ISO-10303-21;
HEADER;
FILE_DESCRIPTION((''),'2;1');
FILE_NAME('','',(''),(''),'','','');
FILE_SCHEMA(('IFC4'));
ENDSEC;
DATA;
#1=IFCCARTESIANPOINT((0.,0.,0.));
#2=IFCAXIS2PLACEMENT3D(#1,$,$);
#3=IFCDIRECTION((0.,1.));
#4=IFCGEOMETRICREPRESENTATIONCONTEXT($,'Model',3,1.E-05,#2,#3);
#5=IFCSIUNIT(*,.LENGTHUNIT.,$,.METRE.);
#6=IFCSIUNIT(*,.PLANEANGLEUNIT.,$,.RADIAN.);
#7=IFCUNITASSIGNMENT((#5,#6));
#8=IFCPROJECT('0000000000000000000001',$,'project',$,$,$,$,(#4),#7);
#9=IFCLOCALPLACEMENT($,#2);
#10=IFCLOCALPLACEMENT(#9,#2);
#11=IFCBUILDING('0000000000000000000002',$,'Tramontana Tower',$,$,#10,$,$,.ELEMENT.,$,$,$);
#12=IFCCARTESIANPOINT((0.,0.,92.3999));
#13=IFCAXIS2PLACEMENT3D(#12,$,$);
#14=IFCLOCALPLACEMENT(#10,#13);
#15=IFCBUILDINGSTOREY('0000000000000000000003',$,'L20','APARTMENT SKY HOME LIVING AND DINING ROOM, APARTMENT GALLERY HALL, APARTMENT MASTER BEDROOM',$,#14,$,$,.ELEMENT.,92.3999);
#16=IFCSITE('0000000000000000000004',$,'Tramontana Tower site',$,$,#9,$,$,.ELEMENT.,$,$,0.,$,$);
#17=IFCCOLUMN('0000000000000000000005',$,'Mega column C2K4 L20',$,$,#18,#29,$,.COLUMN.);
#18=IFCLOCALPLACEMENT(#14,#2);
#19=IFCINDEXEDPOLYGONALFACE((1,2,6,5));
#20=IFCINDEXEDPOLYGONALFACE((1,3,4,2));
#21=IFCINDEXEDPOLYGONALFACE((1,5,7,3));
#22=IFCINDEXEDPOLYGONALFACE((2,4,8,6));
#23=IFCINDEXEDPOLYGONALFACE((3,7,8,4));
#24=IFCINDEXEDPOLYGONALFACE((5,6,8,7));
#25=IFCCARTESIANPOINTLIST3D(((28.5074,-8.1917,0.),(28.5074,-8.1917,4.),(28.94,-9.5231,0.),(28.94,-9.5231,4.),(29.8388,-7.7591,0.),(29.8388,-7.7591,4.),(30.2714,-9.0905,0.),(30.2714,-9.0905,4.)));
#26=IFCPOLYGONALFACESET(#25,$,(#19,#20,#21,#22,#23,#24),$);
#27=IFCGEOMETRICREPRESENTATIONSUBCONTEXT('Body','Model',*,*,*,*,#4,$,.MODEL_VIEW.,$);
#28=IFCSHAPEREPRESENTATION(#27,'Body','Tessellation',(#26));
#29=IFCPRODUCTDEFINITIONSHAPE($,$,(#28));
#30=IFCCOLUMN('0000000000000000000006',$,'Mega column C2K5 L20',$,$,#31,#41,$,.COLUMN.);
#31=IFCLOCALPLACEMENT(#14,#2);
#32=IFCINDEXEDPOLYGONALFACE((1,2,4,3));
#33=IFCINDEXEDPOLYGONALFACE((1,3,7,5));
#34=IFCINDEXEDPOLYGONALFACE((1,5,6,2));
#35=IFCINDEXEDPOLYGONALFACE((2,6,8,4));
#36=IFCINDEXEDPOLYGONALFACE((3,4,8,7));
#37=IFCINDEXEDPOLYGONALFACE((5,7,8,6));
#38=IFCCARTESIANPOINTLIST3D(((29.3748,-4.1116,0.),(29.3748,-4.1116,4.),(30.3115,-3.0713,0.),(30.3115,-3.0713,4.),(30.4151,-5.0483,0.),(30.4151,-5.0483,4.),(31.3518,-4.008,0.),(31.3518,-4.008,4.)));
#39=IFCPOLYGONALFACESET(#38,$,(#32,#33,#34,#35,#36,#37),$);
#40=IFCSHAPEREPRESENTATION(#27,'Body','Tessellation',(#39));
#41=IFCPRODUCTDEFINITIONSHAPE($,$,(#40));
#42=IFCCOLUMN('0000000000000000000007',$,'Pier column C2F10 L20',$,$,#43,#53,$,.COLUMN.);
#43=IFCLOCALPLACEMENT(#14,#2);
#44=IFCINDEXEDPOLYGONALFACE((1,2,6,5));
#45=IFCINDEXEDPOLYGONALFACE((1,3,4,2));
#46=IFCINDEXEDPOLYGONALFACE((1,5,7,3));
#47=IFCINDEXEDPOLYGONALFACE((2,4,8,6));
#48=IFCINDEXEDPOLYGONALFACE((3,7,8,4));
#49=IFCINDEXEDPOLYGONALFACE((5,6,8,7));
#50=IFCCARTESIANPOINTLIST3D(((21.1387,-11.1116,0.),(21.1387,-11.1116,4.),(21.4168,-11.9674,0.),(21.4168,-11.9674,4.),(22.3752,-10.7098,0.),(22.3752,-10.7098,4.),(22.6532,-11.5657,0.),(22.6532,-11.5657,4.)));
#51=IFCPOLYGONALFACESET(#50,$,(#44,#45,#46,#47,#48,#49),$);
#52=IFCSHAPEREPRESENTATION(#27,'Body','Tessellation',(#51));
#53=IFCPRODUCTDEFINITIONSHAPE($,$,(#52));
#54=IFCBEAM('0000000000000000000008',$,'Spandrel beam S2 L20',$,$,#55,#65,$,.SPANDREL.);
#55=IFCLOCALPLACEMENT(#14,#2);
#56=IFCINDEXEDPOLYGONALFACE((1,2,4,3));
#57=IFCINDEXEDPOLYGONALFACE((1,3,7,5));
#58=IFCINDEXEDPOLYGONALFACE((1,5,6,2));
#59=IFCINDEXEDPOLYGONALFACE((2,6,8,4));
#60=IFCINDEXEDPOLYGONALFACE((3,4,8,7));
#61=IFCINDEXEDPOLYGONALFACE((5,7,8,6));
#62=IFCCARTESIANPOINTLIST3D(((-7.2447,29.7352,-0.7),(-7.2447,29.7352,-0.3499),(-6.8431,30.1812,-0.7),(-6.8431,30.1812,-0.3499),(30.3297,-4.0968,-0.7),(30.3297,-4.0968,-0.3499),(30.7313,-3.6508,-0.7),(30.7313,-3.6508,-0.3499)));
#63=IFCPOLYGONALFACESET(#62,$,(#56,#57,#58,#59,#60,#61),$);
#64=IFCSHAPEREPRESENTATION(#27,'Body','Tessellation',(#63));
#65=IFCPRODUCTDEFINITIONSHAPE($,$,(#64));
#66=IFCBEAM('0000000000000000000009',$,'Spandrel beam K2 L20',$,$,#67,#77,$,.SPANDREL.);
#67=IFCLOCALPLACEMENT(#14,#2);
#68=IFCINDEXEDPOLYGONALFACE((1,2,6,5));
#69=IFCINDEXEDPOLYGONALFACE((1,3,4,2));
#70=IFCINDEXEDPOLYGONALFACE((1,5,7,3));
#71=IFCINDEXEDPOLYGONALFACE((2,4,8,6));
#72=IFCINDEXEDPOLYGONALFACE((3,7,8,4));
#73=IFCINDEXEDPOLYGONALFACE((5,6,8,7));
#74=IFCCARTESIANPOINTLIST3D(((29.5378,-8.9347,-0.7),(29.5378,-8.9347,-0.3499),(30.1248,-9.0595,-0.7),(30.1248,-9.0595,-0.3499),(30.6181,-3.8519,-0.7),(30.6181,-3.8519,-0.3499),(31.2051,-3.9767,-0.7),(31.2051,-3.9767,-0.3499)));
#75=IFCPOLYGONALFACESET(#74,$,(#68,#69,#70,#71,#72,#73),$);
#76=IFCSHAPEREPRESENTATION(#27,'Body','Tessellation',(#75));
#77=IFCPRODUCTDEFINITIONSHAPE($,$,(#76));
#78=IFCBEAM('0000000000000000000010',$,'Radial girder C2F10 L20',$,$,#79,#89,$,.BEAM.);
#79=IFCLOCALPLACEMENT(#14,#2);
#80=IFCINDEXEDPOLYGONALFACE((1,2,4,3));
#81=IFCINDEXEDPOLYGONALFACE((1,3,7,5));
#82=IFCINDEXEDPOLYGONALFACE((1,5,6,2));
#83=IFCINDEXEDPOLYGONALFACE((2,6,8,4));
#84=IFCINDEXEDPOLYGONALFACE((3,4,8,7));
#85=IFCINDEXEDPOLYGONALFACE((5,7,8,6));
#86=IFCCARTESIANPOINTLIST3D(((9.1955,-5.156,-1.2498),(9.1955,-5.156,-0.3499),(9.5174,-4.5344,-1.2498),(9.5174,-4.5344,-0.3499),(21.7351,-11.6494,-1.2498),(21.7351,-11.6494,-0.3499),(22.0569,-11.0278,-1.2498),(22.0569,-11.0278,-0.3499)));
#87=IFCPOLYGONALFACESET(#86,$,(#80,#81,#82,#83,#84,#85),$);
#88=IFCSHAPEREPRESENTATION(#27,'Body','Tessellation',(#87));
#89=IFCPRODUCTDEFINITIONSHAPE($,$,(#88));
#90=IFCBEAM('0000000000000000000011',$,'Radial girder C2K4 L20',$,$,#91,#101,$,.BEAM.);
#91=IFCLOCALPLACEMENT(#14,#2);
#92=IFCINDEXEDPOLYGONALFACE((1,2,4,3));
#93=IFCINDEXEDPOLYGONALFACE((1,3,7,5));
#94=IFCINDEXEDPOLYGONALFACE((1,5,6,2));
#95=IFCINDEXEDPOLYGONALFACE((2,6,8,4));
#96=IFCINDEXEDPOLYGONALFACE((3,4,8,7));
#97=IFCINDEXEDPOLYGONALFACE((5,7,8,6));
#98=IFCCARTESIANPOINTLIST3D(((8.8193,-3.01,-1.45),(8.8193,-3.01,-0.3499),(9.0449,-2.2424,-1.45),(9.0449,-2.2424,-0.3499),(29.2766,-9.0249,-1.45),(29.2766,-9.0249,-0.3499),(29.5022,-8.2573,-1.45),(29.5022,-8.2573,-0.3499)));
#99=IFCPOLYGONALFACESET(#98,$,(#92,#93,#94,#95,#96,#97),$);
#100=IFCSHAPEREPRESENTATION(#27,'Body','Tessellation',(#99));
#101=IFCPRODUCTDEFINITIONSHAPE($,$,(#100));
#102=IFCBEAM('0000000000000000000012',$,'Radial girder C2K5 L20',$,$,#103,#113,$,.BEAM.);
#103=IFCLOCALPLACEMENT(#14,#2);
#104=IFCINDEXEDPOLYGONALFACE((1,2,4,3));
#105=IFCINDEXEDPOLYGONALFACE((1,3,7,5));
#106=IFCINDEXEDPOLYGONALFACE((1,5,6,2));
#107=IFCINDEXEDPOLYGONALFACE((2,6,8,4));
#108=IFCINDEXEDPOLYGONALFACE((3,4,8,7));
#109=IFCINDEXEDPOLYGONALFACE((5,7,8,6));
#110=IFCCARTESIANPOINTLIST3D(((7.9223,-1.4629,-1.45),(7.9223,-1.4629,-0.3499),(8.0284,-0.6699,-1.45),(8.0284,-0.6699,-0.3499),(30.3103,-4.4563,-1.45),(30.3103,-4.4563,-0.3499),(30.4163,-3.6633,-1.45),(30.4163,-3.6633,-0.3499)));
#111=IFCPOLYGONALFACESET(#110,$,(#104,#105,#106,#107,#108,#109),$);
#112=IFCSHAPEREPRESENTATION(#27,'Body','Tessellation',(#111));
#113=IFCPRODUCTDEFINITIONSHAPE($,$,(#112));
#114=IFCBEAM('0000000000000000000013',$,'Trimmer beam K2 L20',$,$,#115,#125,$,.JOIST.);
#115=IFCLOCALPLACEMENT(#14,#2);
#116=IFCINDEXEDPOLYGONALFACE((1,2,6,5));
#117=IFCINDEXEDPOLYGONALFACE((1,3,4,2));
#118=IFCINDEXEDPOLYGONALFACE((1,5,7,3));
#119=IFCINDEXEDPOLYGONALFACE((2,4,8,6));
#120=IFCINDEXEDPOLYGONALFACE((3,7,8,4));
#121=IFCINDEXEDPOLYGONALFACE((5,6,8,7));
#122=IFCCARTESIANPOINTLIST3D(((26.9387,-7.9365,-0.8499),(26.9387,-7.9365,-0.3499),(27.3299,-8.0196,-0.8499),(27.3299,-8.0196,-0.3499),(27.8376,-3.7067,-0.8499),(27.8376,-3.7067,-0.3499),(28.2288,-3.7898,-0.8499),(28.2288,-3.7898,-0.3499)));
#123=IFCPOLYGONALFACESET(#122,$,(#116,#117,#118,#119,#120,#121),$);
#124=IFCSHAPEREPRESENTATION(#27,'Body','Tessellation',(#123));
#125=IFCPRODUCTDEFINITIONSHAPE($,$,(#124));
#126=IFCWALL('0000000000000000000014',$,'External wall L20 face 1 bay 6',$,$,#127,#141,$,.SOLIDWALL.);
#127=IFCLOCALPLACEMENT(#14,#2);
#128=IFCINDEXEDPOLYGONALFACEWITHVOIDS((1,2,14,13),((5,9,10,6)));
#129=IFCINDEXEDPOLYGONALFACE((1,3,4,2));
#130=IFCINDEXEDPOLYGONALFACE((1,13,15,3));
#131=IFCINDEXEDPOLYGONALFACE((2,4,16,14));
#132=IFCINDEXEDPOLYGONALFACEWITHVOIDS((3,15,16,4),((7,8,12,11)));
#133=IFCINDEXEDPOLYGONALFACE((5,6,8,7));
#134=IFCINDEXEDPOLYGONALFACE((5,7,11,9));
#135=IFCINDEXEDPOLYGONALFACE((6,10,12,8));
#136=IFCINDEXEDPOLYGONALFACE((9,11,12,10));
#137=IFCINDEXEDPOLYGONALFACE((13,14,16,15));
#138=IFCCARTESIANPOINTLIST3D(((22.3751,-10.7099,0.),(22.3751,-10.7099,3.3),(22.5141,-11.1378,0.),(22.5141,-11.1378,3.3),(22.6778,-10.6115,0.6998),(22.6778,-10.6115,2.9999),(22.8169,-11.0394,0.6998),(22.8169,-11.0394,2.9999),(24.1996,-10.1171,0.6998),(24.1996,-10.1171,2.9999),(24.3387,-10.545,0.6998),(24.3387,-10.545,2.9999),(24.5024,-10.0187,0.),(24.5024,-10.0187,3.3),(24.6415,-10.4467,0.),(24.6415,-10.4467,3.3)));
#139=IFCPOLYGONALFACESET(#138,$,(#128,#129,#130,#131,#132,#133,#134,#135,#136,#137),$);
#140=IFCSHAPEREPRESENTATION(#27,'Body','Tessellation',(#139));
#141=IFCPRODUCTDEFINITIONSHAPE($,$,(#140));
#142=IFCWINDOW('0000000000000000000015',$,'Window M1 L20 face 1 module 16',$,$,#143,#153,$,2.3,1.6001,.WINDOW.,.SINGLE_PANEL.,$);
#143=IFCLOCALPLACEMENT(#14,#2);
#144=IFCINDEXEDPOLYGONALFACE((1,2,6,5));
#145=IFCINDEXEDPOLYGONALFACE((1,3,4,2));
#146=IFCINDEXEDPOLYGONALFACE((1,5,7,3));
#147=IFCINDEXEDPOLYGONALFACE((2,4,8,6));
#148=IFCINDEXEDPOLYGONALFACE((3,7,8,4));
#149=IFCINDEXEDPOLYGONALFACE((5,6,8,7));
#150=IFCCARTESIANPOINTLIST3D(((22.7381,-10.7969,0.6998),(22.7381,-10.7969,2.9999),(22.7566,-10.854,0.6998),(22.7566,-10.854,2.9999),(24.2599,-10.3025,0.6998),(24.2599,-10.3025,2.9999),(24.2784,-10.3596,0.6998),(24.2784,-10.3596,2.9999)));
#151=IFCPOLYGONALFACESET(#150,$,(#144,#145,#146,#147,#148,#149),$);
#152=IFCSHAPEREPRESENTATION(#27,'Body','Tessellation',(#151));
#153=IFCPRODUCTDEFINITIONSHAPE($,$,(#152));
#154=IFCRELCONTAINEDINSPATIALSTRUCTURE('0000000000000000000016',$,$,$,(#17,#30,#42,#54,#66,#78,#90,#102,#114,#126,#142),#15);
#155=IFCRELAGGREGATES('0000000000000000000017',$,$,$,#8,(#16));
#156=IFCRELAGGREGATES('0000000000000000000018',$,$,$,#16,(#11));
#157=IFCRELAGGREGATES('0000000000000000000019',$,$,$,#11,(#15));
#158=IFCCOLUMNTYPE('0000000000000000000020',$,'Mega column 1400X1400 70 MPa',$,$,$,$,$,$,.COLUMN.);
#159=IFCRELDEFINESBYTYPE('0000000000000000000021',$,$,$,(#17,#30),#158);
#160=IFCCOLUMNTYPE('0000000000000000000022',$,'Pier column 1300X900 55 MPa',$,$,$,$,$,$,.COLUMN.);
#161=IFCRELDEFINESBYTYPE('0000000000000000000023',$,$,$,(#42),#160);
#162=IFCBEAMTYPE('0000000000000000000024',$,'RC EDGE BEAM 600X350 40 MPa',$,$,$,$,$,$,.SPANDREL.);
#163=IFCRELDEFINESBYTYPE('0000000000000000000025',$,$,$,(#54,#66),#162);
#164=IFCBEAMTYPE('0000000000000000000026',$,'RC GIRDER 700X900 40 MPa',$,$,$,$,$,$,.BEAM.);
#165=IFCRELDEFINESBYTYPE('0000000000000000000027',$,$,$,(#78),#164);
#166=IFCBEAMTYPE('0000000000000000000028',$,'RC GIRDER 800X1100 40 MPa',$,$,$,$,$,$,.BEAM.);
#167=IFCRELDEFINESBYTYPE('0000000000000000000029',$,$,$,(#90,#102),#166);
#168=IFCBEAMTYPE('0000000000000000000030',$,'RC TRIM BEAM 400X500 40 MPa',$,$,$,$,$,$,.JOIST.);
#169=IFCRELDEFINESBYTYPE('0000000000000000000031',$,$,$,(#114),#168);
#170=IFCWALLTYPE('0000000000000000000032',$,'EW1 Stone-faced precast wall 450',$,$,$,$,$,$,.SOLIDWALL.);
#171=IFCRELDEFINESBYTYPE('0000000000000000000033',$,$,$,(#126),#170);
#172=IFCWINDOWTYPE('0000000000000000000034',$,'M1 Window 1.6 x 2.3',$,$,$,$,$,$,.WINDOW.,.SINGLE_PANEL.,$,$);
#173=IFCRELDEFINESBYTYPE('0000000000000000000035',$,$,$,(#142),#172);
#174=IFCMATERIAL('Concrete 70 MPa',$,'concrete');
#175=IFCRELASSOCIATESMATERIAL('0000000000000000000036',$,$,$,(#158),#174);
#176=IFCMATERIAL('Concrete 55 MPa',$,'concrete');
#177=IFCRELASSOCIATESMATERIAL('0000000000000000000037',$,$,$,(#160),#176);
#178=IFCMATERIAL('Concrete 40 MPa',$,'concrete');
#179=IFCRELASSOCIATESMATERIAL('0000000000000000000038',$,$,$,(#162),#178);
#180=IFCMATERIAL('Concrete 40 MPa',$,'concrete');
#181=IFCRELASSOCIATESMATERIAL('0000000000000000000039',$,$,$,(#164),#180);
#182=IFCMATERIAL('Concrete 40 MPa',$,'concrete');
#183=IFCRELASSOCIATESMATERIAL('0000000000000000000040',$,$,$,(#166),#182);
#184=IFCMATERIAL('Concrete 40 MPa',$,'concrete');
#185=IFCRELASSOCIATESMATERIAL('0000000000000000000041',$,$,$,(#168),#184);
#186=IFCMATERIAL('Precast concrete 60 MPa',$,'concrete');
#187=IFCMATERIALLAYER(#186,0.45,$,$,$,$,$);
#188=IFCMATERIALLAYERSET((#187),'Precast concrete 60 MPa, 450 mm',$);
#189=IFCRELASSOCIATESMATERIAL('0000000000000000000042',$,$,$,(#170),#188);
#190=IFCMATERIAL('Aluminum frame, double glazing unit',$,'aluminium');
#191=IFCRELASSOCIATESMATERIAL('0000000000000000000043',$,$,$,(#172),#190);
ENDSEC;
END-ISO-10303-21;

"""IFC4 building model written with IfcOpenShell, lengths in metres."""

from ifc_helpers import new_model, si_unit, direction, frame, frame_2d, origin, origin_2d, place, context, subcontext, project, spatial, rectangle, extrude, material, layer, layer_set, material_profile, profile_set, type_object, element, fill, save


model = new_model("IFC4")

# Units and contexts
model_context = context("Model", 3, precision=1e-05, world=origin(), true_north=direction((0.0, 1.0)))
body_context = subcontext(model_context, "Body", "Model", "MODEL_VIEW")
ifc_project = project(units=[si_unit("LENGTHUNIT", "METRE"), si_unit("PLANEANGLEUNIT", "RADIAN")], contexts=[model_context])

# Site, building, storey
site_placement = place(None, origin())
site = spatial("IfcSite", under=ifc_project, at=site_placement, Name="Tramontana Tower site", CompositionType="ELEMENT", RefElevation=0.0)
building_placement = place(site_placement, origin())
building = spatial("IfcBuilding", under=site, at=building_placement, Name="Tramontana Tower", CompositionType="ELEMENT")
storey_placement = place(building_placement, frame((0.0, 0.0, 92.3999)))
storey = spatial("IfcBuildingStorey", under=building, at=storey_placement, Name="L20", Description="APARTMENT SKY HOME LIVING AND DINING ROOM, APARTMENT GALLERY HALL, APARTMENT MASTER BEDROOM", CompositionType="ELEMENT", Elevation=92.3999)

# Columns
ifc_material_1 = material(Name="Concrete 70 MPa", Category="concrete")
ifc_material_profile_1 = material_profile(ifc_material_1, rectangle(XDim=1.3999, YDim=1.3999, at=origin_2d()), Name="Mega column 1400X1400 70 MPa")
ifc_profile_set_1 = profile_set([ifc_material_profile_1], Name="Concrete 70 MPa")
column_type_1 = type_object("IfcColumnType", Name="Mega column 1400X1400 70 MPa", PredefinedType="COLUMN", material=ifc_profile_set_1)
for number, where, z_axis, x_axis, name in (
    (1, (29.3894, -8.6411, 0.0), (0.0, 0.0, 1.0), (0.951057, 0.309017, 0.0), "Mega column C2K4 L20"),
    (2, (30.3633, -4.0598, 0.0), (0.0, 0.0, 1.0), (-0.743145, 0.669131, 0.0), "Mega column C2K5 L20"),
):
    element("IfcColumn", number, at=place(storey_placement, frame(where, z_axis=z_axis, x_axis=x_axis)), inside=storey, type_object=column_type_1, Name=name, PredefinedType="COLUMN", context=body_context, shape_type="SweptSolid", body=[
        extrude(rectangle(XDim=1.3999, YDim=1.3999, at=origin_2d()), origin(), (0.0, 0.0, 1.0), 4.0),
    ])
ifc_material_2 = material(Name="Concrete 55 MPa", Category="concrete")
ifc_material_profile_2 = material_profile(ifc_material_2, rectangle(XDim=1.3, YDim=0.8999, at=origin_2d()), Name="Pier column 1300X900 55 MPa")
ifc_profile_set_2 = profile_set([ifc_material_profile_2], Name="Concrete 55 MPa")
column_type_2 = type_object("IfcColumnType", Name="Pier column 1300X900 55 MPa", PredefinedType="COLUMN", material=ifc_profile_set_2)
column_placement = place(storey_placement, frame((21.896, -11.3386, 0.0), z_axis=(0.0, 0.0, 1.0), x_axis=(0.951057, 0.309017, 0.0)))
element("IfcColumn", 3, at=column_placement, inside=storey, type_object=column_type_2, Name="Pier column C2F10 L20", PredefinedType="COLUMN", context=body_context, shape_type="SweptSolid", body=[
    extrude(rectangle(XDim=1.3, YDim=0.8999, at=origin_2d()), origin(), (0.0, 0.0, 1.0), 4.0),
])

# Beams
ifc_material_3 = material(Name="Concrete 40 MPa", Category="concrete")
ifc_material_profile_3 = material_profile(ifc_material_3, rectangle(XDim=0.6001, YDim=0.3501, at=origin_2d()), Name="RC EDGE BEAM 600X350 40 MPa")
ifc_profile_set_3 = profile_set([ifc_material_profile_3], Name="Concrete 40 MPa")
beam_type_1 = type_object("IfcBeamType", Name="RC EDGE BEAM 600X350 40 MPa", PredefinedType="SPANDREL", material=ifc_profile_set_3)
beam_1_placement = place(storey_placement, frame((30.5305, -3.8738, -0.5249), z_axis=(-0.743146, 0.669129, 0.0), x_axis=(-0.669129, -0.743146, 0.0)))
element("IfcBeam", 4, at=beam_1_placement, inside=storey, type_object=beam_type_1, Name="Spandrel beam S2 L20", PredefinedType="SPANDREL", context=body_context, shape_type="SweptSolid", body=[
    extrude(rectangle(XDim=0.6001, YDim=0.3501, at=origin_2d()), origin(), (0.0, 0.0, 1.0), 50.5613),
])
beam_2_placement = place(storey_placement, frame((29.8313, -8.9971, -0.5249), z_axis=(0.207902, 0.97815, 0.0), x_axis=(-0.97815, 0.207902, 0.0)))
element("IfcBeam", 5, at=beam_2_placement, inside=storey, type_object=beam_type_1, Name="Spandrel beam K2 L20", PredefinedType="SPANDREL", context=body_context, shape_type="SweptSolid", body=[
    extrude(rectangle(XDim=0.6001, YDim=0.3501, at=origin_2d()), origin(), (0.0, 0.0, 1.0), 5.1963),
])
ifc_material_4 = material(Name="Concrete 40 MPa", Category="concrete")
ifc_material_profile_4 = material_profile(ifc_material_4, rectangle(XDim=0.7, YDim=0.8999, at=origin_2d()), Name="RC GIRDER 700X900 40 MPa")
ifc_profile_set_4 = profile_set([ifc_material_profile_4], Name="Concrete 40 MPa")
beam_type_2 = type_object("IfcBeamType", Name="RC GIRDER 700X900 40 MPa", PredefinedType="BEAM", material=ifc_profile_set_4)
beam_3_placement = place(storey_placement, frame((21.896, -11.3386, -0.7998), z_axis=(-0.888003, 0.459838, 0.0), x_axis=(-0.459838, -0.888003, 0.0)))
element("IfcBeam", 6, at=beam_3_placement, inside=storey, type_object=beam_type_2, Name="Radial girder C2F10 L20", PredefinedType="BEAM", context=body_context, shape_type="SweptSolid", body=[
    extrude(rectangle(XDim=0.7, YDim=0.8999, at=origin_2d()), origin(), (0.0, 0.0, 1.0), 14.1211),
])
ifc_material_5 = material(Name="Concrete 40 MPa", Category="concrete")
ifc_material_profile_5 = material_profile(ifc_material_5, rectangle(XDim=0.8, YDim=1.1001, at=origin_2d()), Name="RC GIRDER 800X1100 40 MPa")
ifc_profile_set_5 = profile_set([ifc_material_profile_5], Name="Concrete 40 MPa")
beam_type_3 = type_object("IfcBeamType", Name="RC GIRDER 800X1100 40 MPa", PredefinedType="BEAM", material=ifc_profile_set_5)
beam_4_placement = place(storey_placement, frame((29.3894, -8.6411, -0.8999), z_axis=(-0.95939, 0.282082, 0.0), x_axis=(-0.282082, -0.95939, 0.0)))
element("IfcBeam", 7, at=beam_4_placement, inside=storey, type_object=beam_type_3, Name="Radial girder C2K4 L20", PredefinedType="BEAM", context=body_context, shape_type="SweptSolid", body=[
    extrude(rectangle(XDim=0.8, YDim=1.1001, at=origin_2d()), origin(), (0.0, 0.0, 1.0), 21.3232),
])
beam_5_placement = place(storey_placement, frame((30.3633, -4.0598, -0.8999), z_axis=(-0.991179, 0.132527, 0.0), x_axis=(-0.132527, -0.991179, 0.0)))
element("IfcBeam", 8, at=beam_5_placement, inside=storey, type_object=beam_type_3, Name="Radial girder C2K5 L20", PredefinedType="BEAM", context=body_context, shape_type="SweptSolid", body=[
    extrude(rectangle(XDim=0.8, YDim=1.1001, at=origin_2d()), origin(), (0.0, 0.0, 1.0), 22.5872),
])
ifc_material_6 = material(Name="Concrete 40 MPa", Category="concrete")
ifc_material_profile_6 = material_profile(ifc_material_6, rectangle(XDim=0.3999, YDim=0.5, at=origin_2d()), Name="RC TRIM BEAM 400X500 40 MPa")
ifc_profile_set_6 = profile_set([ifc_material_profile_6], Name="Concrete 40 MPa")
beam_type_4 = type_object("IfcBeamType", Name="RC TRIM BEAM 400X500 40 MPa", PredefinedType="JOIST", material=ifc_profile_set_6)
beam_6_placement = place(storey_placement, frame((27.1343, -7.978, -0.5999), z_axis=(0.207882, 0.978154, 0.0), x_axis=(-0.978154, 0.207882, 0.0)))
element("IfcBeam", 9, at=beam_6_placement, inside=storey, type_object=beam_type_4, Name="Trimmer beam K2 L20", PredefinedType="JOIST", context=body_context, shape_type="SweptSolid", body=[
    extrude(rectangle(XDim=0.3999, YDim=0.5, at=origin_2d()), origin(), (0.0, 0.0, 1.0), 4.3242),
])

# Wall, opening, window
ifc_material_7 = material(Name="Precast concrete 60 MPa", Category="concrete")
ifc_layer_1 = layer(ifc_material_7, 0.45)
ifc_layer_set_1 = layer_set([ifc_layer_1], Name="Precast concrete 60 MPa, 450 mm")
wall_type_1 = type_object("IfcWallType", Name="EW1 Stone-faced precast wall 450", PredefinedType="SOLIDWALL", material=ifc_layer_set_1)
wall_1_placement = place(storey_placement, frame((22.4446, -10.9238, 0.0), z_axis=(0.0, 0.0, 1.0), x_axis=(0.951068, 0.308982, 0.0)))
wall_1 = element("IfcWall", 10, at=wall_1_placement, inside=storey, type_object=wall_type_1, Name="External wall L20 face 1 bay 6", PredefinedType="SOLIDWALL", context=body_context, shape_type="SweptSolid", body=[
    extrude(rectangle(XDim=2.2368, YDim=0.45, at=frame_2d((1.1184, 0.0))), origin(), (0.0, 0.0, 1.0), 3.3),
])
opening_1_placement = place(wall_1_placement, frame((0.3184, 0.0, 0.7)))
opening_1 = element("IfcOpeningElement", 11, at=opening_1_placement, cuts=wall_1, PredefinedType="OPENING", context=body_context, shape_type="SweptSolid", body=[
    extrude(rectangle(XDim=1.6001, YDim=2.3, at=frame_2d((0.8, 1.1499))), frame((0.0, 0.2349, 0.0), z_axis=(0.0, -1.0, 0.0), x_axis=(1.0, 0.0, 0.0)), (0.0, 0.0, 1.0), 0.47),
])
ifc_material_8 = material(Name="Aluminum frame, double glazing unit", Category="aluminium")
window_type_1 = type_object("IfcWindowType", Name="M1 Window 1.6 x 2.3", PartitioningType="SINGLE_PANEL", PredefinedType="WINDOW", material=ifc_material_8)
window_1_placement = place(opening_1_placement, origin())
window_1 = element("IfcWindow", 12, at=window_1_placement, inside=storey, type_object=window_type_1, Name="Window M1 L20 face 1 module 16", OverallHeight=2.3, OverallWidth=1.6001, PartitioningType="SINGLE_PANEL", PredefinedType="WINDOW", context=body_context, shape_type="SweptSolid", body=[
    extrude(rectangle(XDim=1.6001, YDim=2.3, at=frame_2d((0.8, 1.1499))), frame((0.0, 0.03, 0.0), z_axis=(0.0, -1.0, 0.0), x_axis=(1.0, 0.0, 0.0)), (0.0, 0.0, 1.0), 0.0601),
])
fill(opening_1, window_1)

save(model, "model.ifc")
